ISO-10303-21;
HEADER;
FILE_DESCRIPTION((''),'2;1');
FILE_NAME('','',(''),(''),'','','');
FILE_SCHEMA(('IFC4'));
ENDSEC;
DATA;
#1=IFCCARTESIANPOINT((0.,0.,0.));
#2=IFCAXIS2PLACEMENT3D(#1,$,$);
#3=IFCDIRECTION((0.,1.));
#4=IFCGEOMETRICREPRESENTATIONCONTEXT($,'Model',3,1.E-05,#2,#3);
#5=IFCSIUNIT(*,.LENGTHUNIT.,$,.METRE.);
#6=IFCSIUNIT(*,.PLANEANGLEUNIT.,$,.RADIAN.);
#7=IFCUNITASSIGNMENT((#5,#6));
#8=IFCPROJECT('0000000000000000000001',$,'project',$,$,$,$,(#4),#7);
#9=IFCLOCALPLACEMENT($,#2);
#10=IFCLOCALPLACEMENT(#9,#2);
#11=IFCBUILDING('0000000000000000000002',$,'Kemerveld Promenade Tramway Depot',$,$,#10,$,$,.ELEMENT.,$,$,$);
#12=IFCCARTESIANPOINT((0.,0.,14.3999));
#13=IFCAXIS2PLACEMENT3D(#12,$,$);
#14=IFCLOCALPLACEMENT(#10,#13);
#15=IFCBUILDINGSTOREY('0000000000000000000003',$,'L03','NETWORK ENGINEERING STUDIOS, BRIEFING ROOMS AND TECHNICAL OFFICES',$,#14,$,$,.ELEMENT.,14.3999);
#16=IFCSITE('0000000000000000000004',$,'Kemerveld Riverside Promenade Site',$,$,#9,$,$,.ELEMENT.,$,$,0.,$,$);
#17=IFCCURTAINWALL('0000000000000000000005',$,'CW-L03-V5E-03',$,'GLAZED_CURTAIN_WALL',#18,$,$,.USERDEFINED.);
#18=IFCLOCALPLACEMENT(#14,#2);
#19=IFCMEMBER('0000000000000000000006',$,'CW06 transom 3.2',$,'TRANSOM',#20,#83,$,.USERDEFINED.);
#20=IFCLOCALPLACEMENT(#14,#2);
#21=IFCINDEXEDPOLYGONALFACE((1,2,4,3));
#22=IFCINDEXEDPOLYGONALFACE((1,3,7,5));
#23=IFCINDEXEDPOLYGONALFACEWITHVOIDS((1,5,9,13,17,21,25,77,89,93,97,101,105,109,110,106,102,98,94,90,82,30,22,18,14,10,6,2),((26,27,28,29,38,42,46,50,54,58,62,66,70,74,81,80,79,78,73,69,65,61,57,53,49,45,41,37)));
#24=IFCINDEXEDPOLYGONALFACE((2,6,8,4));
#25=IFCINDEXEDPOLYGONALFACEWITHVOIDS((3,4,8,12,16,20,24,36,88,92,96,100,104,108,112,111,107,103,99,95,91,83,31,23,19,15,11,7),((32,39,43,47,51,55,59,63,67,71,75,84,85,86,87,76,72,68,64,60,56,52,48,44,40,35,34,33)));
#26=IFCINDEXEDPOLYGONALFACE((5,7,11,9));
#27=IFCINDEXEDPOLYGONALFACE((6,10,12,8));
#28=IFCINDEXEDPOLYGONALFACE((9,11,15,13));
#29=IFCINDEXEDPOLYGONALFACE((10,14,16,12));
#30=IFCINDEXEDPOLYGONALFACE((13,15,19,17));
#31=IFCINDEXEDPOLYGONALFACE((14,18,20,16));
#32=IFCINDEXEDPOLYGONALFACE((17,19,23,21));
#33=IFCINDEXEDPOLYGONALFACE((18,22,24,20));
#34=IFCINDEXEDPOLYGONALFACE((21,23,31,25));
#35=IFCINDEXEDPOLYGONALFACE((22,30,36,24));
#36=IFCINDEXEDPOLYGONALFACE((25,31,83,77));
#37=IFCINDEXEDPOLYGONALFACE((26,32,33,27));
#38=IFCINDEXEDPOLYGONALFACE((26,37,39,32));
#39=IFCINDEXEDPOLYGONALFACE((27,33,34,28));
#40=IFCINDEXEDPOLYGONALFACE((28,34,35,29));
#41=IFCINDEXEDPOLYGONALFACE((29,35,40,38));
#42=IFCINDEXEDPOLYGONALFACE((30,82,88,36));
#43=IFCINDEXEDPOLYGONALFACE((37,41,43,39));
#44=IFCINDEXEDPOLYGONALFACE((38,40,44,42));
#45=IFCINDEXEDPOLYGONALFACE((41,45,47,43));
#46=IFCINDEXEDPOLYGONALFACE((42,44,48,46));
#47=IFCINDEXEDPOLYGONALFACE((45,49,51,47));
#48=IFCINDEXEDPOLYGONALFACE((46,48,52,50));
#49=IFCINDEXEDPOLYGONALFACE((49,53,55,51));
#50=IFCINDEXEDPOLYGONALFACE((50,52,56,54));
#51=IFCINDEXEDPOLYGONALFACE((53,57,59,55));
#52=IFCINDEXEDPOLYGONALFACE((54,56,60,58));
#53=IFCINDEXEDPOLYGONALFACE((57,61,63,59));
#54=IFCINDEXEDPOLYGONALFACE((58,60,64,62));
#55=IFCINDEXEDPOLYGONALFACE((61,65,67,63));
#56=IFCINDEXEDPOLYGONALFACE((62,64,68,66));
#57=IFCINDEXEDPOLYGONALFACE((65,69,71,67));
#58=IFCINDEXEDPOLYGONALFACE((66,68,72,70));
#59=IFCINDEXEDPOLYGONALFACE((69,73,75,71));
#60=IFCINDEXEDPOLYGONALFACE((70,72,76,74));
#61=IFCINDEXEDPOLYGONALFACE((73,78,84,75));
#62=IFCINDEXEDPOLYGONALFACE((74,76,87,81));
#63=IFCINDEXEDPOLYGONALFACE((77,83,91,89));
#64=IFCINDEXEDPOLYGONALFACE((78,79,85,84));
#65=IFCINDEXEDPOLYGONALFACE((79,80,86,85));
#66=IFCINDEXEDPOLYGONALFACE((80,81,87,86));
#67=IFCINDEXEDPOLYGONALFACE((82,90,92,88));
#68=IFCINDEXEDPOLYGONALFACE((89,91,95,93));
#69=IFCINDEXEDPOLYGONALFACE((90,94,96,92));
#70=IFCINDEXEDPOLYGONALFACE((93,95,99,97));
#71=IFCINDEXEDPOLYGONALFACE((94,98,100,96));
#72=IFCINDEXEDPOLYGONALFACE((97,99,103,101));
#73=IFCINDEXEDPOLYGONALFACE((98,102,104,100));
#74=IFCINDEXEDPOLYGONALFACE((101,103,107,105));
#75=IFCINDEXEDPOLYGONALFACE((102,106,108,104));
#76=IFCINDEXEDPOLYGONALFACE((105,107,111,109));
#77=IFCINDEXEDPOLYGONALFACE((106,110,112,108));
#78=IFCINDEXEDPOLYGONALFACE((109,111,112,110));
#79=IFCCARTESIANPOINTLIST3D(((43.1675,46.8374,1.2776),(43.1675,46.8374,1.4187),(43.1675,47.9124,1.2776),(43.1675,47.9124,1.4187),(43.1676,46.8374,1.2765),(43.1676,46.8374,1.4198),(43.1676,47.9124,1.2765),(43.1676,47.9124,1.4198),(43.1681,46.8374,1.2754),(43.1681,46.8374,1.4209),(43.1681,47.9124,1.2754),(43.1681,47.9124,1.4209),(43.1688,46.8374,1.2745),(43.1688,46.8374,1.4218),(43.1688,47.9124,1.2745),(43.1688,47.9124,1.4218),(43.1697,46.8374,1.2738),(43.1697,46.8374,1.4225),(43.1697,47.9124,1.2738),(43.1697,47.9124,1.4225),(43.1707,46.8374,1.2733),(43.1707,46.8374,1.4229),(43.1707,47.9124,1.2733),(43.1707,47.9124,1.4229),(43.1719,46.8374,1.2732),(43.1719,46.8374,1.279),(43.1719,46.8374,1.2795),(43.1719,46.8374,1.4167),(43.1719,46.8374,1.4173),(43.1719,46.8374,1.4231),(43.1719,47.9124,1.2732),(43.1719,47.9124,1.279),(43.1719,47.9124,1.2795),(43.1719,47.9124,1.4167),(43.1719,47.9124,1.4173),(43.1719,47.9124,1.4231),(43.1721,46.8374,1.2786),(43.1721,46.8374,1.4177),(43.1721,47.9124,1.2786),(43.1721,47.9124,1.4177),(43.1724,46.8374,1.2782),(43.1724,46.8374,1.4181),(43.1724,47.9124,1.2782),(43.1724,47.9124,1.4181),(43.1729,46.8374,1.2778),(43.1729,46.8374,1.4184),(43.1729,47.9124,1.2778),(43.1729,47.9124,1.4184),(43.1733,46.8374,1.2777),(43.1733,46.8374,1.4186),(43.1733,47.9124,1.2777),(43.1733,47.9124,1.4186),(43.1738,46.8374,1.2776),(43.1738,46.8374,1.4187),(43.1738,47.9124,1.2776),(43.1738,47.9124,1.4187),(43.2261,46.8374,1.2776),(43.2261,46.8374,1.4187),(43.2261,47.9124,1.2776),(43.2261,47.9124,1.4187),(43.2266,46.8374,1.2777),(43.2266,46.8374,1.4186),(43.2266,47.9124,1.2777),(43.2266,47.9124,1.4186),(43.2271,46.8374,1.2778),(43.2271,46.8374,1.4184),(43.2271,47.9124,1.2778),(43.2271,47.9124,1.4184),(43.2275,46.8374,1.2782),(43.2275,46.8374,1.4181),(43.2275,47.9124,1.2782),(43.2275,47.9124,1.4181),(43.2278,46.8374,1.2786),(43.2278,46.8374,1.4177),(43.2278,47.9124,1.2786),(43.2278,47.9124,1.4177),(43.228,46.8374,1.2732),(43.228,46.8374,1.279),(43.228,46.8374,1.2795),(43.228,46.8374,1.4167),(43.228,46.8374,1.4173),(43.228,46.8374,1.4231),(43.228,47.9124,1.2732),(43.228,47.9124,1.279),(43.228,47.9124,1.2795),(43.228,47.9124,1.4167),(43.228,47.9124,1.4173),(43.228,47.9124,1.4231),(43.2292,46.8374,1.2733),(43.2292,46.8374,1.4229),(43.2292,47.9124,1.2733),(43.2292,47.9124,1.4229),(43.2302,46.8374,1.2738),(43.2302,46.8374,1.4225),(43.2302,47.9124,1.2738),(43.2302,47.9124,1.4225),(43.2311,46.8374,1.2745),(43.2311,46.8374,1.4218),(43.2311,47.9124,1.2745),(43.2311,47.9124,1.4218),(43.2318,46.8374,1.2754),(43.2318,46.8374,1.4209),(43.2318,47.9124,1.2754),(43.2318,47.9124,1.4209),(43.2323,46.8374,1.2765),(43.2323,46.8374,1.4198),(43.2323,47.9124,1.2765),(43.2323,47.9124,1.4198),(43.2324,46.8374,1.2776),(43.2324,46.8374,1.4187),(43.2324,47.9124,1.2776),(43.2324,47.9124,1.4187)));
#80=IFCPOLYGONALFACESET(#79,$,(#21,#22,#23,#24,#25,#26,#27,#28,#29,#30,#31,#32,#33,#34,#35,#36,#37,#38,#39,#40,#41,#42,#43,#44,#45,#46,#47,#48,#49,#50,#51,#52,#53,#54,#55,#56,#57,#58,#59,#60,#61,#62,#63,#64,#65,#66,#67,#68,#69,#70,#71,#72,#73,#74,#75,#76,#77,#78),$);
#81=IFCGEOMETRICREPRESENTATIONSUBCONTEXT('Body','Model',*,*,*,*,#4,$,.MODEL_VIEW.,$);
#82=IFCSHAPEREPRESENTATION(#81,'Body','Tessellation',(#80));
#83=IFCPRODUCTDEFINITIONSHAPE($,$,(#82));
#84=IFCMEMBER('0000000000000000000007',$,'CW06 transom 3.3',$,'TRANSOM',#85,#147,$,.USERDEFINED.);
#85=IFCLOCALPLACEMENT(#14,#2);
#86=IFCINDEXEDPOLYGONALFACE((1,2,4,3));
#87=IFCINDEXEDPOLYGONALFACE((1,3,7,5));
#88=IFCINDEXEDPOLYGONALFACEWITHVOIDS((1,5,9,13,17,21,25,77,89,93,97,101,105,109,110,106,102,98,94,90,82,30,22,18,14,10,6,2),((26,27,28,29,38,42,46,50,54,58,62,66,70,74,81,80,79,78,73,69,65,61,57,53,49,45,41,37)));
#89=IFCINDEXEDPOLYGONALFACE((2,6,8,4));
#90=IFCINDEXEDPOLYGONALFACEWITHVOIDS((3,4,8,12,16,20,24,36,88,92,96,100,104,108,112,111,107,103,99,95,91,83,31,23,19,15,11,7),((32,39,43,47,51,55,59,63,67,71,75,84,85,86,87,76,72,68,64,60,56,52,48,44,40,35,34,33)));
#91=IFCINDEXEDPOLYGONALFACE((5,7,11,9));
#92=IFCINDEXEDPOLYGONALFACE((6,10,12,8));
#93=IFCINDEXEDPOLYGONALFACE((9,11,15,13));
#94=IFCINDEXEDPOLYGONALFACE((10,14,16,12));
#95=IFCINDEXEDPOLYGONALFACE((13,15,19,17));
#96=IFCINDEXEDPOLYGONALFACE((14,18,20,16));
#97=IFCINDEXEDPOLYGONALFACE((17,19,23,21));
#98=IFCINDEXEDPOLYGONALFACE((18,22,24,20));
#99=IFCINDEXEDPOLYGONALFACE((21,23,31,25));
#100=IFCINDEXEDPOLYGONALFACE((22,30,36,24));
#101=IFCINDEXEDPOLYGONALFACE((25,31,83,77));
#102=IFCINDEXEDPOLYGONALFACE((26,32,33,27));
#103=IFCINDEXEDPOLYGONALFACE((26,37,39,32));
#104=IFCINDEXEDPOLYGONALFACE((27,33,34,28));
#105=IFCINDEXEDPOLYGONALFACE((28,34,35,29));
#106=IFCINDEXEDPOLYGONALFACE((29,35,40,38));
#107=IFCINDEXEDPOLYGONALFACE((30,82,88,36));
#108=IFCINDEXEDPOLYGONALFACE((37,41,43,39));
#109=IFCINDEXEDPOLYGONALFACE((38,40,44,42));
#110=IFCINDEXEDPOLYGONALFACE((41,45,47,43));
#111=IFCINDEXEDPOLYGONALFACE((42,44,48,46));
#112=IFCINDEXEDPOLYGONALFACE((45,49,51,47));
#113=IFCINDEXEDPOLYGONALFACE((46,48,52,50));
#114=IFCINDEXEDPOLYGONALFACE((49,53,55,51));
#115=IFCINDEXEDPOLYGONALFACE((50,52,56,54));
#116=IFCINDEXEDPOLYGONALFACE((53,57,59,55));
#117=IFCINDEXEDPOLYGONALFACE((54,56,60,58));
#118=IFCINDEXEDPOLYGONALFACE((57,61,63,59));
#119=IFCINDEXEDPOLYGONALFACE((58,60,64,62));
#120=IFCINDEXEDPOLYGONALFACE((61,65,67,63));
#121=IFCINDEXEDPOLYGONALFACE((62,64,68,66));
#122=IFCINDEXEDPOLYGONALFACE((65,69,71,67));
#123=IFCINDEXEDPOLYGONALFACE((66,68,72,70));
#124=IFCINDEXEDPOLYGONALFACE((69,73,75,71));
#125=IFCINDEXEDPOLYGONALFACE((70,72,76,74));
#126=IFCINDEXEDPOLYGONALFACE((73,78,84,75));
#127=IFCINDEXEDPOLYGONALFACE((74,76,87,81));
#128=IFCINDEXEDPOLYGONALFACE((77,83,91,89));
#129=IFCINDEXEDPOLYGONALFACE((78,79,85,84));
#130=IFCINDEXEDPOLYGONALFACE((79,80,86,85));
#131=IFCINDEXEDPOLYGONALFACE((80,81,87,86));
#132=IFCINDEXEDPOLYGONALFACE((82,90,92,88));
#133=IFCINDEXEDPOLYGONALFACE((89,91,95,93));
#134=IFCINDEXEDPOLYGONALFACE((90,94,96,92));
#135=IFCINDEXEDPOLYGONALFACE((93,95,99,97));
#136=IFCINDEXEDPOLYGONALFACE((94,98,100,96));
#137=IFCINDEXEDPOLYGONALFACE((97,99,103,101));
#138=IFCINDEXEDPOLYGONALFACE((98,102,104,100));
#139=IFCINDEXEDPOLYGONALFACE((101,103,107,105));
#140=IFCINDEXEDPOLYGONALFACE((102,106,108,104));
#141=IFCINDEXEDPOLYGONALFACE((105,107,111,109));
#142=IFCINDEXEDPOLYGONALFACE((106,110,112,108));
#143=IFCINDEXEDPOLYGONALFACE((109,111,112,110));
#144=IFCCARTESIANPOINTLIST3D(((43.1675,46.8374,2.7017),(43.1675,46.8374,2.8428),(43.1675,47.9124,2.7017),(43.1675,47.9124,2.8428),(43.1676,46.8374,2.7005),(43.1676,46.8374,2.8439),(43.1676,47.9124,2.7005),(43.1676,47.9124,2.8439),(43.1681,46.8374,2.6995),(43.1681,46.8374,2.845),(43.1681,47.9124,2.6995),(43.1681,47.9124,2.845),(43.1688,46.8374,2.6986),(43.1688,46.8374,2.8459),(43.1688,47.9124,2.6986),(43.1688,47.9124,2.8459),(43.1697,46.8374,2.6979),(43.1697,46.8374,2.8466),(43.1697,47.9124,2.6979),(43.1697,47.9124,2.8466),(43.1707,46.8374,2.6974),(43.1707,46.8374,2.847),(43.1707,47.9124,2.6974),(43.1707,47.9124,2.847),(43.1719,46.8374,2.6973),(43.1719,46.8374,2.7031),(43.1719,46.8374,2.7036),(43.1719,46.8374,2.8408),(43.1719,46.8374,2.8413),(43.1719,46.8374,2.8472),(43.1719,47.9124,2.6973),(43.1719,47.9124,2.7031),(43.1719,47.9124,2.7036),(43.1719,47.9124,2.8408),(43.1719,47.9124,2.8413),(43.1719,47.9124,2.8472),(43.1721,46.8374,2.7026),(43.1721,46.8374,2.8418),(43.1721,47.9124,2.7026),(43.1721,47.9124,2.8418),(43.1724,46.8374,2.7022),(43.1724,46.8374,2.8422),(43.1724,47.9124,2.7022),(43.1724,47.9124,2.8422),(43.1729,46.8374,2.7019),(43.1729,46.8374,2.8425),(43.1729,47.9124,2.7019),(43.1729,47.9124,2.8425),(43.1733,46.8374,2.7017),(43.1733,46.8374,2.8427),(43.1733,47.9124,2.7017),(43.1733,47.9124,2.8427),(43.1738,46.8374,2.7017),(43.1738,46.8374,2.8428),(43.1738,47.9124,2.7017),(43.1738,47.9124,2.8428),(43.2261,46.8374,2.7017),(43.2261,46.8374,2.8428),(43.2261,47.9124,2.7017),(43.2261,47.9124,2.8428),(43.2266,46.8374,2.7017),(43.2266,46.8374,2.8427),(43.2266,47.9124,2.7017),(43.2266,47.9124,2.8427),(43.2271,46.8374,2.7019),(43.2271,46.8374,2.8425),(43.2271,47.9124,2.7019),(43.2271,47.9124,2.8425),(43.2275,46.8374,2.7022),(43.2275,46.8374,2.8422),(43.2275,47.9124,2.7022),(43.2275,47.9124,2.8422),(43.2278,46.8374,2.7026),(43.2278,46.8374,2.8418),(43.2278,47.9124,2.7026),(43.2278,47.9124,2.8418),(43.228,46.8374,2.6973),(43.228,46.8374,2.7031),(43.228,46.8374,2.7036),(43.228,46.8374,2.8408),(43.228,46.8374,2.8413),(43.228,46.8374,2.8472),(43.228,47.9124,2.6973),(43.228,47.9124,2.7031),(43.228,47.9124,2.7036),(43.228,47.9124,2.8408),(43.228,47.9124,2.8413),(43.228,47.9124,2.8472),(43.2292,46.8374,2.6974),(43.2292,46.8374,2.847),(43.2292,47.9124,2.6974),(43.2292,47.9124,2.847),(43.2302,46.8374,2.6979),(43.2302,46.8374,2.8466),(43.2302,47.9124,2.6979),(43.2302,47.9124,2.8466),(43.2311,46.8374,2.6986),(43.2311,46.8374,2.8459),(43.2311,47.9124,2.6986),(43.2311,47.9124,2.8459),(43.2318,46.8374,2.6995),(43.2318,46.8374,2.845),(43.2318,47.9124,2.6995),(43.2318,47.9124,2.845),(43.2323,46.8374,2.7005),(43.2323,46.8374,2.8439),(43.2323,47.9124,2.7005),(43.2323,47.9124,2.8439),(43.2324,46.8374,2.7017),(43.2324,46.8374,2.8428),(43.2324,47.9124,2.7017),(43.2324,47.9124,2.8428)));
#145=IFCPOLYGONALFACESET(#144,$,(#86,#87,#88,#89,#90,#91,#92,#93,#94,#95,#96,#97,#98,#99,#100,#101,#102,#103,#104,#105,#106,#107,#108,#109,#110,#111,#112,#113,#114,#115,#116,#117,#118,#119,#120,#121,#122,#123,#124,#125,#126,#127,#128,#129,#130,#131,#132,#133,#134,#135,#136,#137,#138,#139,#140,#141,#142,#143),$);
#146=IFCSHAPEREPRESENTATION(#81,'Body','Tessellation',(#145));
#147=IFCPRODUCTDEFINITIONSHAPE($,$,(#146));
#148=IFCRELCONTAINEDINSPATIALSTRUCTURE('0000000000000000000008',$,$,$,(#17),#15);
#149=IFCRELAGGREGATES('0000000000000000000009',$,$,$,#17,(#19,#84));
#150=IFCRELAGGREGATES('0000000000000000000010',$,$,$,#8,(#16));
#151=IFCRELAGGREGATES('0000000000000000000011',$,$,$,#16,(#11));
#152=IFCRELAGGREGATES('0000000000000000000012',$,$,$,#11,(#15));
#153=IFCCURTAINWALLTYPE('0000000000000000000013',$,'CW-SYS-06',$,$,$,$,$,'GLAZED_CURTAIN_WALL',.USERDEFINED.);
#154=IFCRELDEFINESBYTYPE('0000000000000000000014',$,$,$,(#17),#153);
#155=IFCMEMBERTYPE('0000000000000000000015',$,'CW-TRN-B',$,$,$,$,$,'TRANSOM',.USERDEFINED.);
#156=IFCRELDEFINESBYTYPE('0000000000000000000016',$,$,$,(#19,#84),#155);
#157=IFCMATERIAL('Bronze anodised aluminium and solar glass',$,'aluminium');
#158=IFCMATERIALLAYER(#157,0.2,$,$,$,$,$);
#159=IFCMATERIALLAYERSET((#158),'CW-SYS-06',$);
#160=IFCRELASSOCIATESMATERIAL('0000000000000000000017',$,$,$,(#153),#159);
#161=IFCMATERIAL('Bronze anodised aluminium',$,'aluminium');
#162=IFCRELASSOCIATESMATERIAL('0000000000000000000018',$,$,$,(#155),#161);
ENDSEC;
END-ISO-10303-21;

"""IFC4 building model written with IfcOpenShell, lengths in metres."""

from ifc_helpers import new_model, si_unit, direction, frame, origin, origin_2d, place, context, subcontext, project, spatial, hollow_rectangle, extrude, material, layer, layer_set, material_profile, profile_set, type_object, element, aggregate, save


model = new_model("IFC4")

# Units and contexts
model_context = context("Model", 3, precision=1e-05, world=origin(), true_north=direction((0.0, 1.0)))
body_context = subcontext(model_context, "Body", "Model", "MODEL_VIEW")
ifc_project = project(units=[si_unit("LENGTHUNIT", "METRE"), si_unit("PLANEANGLEUNIT", "RADIAN")], contexts=[model_context])

# Site, building, storey
site_placement = place(None, origin())
site = spatial("IfcSite", under=ifc_project, at=site_placement, Name="Kemerveld Riverside Promenade Site", CompositionType="ELEMENT", RefElevation=0.0)
building_placement = place(site_placement, origin())
building = spatial("IfcBuilding", under=site, at=building_placement, Name="Kemerveld Promenade Tramway Depot", CompositionType="ELEMENT")
storey_placement = place(building_placement, frame((0.0, 0.0, 14.3999)))
storey = spatial("IfcBuildingStorey", under=building, at=storey_placement, Name="L03", Description="NETWORK ENGINEERING STUDIOS, BRIEFING ROOMS AND TECHNICAL OFFICES", CompositionType="ELEMENT", Elevation=14.3999)

# Curtain wall, members
ifc_material_1 = material(Name="Bronze anodised aluminium and solar glass", Category="aluminium")
ifc_layer_1 = layer(ifc_material_1, 0.2)
ifc_layer_set_1 = layer_set([ifc_layer_1], Name="CW-SYS-06")
curtain_wall_type = type_object("IfcCurtainWallType", Name="CW-SYS-06", ElementType="GLAZED_CURTAIN_WALL", PredefinedType="USERDEFINED", material=ifc_layer_set_1)
curtain_wall_placement = place(storey_placement, origin())
curtain_wall = element("IfcCurtainWall", 1, at=curtain_wall_placement, inside=storey, type_object=curtain_wall_type, Name="CW-L03-V5E-03", ObjectType="GLAZED_CURTAIN_WALL", PredefinedType="USERDEFINED")
ifc_material_2 = material(Name="Bronze anodised aluminium", Category="aluminium")
ifc_material_profile_1 = material_profile(ifc_material_2, hollow_rectangle(XDim=0.0649, YDim=0.1499, WallThickness=0.0044, InnerFilletRadius=0.002, OuterFilletRadius=0.0044, at=origin_2d()), Name="CW-TRN-150x65")
ifc_profile_set_1 = profile_set([ifc_material_profile_1], Name="Bronze anodised aluminium")
member_type_1 = type_object("IfcMemberType", Name="CW-TRN-B", ElementType="TRANSOM", PredefinedType="USERDEFINED", material=ifc_profile_set_1)
member_1_placement = place(storey_placement, frame((43.2, 47.9124, 1.3481), z_axis=(0.0, -1.0, 0.0), x_axis=(1.0, 0.0, 0.0)))
member_1 = element("IfcMember", 2, at=member_1_placement, type_object=member_type_1, Name="CW06 transom 3.2", ObjectType="TRANSOM", PredefinedType="USERDEFINED", context=body_context, shape_type="SweptSolid", body=[
    extrude(hollow_rectangle(XDim=0.0649, YDim=0.1499, WallThickness=0.0044, InnerFilletRadius=0.002, OuterFilletRadius=0.0044, at=origin_2d()), origin(), (0.0, 0.0, 1.0), 1.075),
])
member_2_placement = place(storey_placement, frame((43.2, 47.9124, 2.7722), z_axis=(0.0, -1.0, 0.0), x_axis=(1.0, 0.0, 0.0)))
member_2 = element("IfcMember", 3, at=member_2_placement, type_object=member_type_1, Name="CW06 transom 3.3", ObjectType="TRANSOM", PredefinedType="USERDEFINED", context=body_context, shape_type="SweptSolid", body=[
    extrude(hollow_rectangle(XDim=0.0649, YDim=0.1499, WallThickness=0.0044, InnerFilletRadius=0.002, OuterFilletRadius=0.0044, at=origin_2d()), origin(), (0.0, 0.0, 1.0), 1.075),
])
aggregate(curtain_wall, [member_1, member_2])

save(model, "model.ifc")
